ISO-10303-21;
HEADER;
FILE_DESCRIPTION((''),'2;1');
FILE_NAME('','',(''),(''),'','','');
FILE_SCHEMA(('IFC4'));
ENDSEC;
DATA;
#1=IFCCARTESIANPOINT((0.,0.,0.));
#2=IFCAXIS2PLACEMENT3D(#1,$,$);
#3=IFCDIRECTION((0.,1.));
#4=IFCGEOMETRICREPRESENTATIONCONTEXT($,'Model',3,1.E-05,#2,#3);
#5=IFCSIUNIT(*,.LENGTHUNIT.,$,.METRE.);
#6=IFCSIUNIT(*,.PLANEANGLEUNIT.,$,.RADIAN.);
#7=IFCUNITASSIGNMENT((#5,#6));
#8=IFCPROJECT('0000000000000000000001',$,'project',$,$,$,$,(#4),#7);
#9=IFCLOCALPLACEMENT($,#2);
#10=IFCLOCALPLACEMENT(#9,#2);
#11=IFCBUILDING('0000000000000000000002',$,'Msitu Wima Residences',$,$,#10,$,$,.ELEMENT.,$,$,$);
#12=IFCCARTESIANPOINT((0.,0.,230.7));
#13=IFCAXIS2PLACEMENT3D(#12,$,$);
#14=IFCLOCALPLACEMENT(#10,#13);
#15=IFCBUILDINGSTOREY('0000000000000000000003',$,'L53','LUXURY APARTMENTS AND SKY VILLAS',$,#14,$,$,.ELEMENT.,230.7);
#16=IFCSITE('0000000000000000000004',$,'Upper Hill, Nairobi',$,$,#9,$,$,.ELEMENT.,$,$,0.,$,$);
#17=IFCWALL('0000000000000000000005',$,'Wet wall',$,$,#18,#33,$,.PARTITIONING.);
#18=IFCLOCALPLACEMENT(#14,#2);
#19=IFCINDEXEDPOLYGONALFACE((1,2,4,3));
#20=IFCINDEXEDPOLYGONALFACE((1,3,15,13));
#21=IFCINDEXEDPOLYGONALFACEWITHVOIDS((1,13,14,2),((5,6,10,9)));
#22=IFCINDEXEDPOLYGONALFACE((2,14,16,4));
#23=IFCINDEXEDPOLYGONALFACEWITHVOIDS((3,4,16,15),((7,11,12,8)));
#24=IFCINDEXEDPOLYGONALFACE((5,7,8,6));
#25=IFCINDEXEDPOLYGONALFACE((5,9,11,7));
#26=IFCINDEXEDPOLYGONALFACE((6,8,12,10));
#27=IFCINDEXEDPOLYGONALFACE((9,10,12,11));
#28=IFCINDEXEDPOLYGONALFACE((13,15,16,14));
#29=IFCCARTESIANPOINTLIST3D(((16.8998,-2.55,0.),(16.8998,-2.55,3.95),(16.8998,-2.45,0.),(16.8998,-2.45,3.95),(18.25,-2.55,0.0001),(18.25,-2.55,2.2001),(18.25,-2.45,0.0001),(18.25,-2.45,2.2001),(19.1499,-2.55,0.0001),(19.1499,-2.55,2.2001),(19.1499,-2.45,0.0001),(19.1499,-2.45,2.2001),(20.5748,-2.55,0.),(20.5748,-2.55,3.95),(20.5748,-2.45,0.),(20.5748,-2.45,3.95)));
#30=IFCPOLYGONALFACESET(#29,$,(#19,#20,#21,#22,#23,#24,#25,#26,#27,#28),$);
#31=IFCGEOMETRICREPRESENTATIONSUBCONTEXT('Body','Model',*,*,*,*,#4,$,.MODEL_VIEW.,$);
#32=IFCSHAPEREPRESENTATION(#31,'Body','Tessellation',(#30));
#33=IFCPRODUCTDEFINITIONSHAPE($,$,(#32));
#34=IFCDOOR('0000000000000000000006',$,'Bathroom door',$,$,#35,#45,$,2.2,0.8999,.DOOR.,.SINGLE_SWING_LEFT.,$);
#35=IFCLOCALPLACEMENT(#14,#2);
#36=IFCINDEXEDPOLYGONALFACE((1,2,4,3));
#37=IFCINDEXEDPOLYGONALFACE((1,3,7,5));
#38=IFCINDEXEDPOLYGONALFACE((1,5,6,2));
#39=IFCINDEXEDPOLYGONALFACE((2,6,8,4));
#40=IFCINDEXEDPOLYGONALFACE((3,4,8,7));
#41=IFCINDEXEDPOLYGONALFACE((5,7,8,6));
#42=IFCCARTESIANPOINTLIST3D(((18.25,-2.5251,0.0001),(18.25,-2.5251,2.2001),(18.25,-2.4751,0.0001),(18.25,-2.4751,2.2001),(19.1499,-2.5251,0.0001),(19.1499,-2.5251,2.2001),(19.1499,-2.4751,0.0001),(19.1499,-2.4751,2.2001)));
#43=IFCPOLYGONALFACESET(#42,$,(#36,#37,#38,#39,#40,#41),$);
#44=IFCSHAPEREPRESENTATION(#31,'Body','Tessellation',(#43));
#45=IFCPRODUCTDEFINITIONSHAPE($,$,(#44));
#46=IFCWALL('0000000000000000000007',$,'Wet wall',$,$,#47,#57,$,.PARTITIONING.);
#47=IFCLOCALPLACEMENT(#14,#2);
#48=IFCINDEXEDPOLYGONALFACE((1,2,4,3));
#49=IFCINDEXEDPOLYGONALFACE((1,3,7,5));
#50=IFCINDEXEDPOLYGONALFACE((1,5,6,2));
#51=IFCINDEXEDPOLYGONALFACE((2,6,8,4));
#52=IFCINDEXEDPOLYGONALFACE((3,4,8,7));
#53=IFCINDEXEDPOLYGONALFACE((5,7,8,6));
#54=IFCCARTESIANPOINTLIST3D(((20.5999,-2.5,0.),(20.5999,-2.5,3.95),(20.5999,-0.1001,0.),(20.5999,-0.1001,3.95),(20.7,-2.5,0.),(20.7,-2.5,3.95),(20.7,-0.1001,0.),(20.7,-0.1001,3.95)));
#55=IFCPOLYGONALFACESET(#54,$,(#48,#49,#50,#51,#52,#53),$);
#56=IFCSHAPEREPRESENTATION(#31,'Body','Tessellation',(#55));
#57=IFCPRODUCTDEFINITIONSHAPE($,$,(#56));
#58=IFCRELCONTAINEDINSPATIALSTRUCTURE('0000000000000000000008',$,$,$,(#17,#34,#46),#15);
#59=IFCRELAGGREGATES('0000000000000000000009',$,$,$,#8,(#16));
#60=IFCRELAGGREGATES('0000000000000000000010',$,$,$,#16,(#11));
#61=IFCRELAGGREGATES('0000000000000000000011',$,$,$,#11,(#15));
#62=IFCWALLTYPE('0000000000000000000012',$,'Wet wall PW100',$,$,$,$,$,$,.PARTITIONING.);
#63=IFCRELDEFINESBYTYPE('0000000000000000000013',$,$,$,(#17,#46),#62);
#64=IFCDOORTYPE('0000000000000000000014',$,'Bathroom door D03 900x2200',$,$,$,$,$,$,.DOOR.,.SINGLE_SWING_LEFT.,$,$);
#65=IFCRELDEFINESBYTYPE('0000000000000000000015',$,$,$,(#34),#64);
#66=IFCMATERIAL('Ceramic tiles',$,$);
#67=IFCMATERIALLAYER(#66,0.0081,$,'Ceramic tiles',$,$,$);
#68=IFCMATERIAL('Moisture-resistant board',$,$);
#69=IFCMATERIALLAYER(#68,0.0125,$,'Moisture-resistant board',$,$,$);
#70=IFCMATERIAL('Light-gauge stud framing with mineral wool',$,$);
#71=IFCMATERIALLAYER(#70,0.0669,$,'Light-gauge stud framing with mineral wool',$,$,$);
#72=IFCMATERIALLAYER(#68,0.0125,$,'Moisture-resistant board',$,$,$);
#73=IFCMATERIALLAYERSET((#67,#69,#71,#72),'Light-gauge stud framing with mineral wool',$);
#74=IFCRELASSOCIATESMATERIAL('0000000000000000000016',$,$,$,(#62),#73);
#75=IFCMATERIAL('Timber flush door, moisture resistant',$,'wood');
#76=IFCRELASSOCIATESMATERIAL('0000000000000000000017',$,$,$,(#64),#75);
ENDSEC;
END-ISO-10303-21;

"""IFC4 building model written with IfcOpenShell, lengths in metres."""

from ifc_helpers import new_model, si_unit, direction, frame, frame_2d, origin, place, context, subcontext, project, spatial, rectangle, extrude, material, layer, layer_set, type_object, element, fill, save


model = new_model("IFC4")

# Units and contexts
model_context = context("Model", 3, precision=1e-05, world=origin(), true_north=direction((0.0, 1.0)))
body_context = subcontext(model_context, "Body", "Model", "MODEL_VIEW")
ifc_project = project(units=[si_unit("LENGTHUNIT", "METRE"), si_unit("PLANEANGLEUNIT", "RADIAN")], contexts=[model_context])

# Site, building, storey
site_placement = place(None, origin())
site = spatial("IfcSite", under=ifc_project, at=site_placement, Name="Upper Hill, Nairobi", CompositionType="ELEMENT", RefElevation=0.0)
building_placement = place(site_placement, origin())
building = spatial("IfcBuilding", under=site, at=building_placement, Name="Msitu Wima Residences", CompositionType="ELEMENT")
storey_placement = place(building_placement, frame((0.0, 0.0, 230.7)))
storey = spatial("IfcBuildingStorey", under=building, at=storey_placement, Name="L53", Description="LUXURY APARTMENTS AND SKY VILLAS", CompositionType="ELEMENT", Elevation=230.7)

# Wall, opening, door
ifc_material_1 = material(Name="Ceramic tiles")
ifc_layer_1 = layer(ifc_material_1, 0.0081, Name="Ceramic tiles")
ifc_material_2 = material(Name="Moisture-resistant board")
ifc_layer_2 = layer(ifc_material_2, 0.0125, Name="Moisture-resistant board")
ifc_material_3 = material(Name="Light-gauge stud framing with mineral wool")
ifc_layer_3 = layer(ifc_material_3, 0.0669, Name="Light-gauge stud framing with mineral wool")
ifc_layer_4 = layer(ifc_material_2, 0.0125, Name="Moisture-resistant board")
ifc_layer_set_1 = layer_set([ifc_layer_1, ifc_layer_2, ifc_layer_3, ifc_layer_4], Name="Light-gauge stud framing with mineral wool")
wall_type_1 = type_object("IfcWallType", Name="Wet wall PW100", PredefinedType="PARTITIONING", material=ifc_layer_set_1)
wall_1_placement = place(storey_placement, frame((16.8999, -2.5, 0.0), z_axis=(0.0, 0.0, 1.0), x_axis=(1.0, 0.0, 0.0)))
wall_1 = element("IfcWall", 1, at=wall_1_placement, inside=storey, type_object=wall_type_1, Name="Wet wall", PredefinedType="PARTITIONING", context=body_context, shape_type="SweptSolid", body=[
    extrude(rectangle(XDim=3.675, YDim=0.1001, at=frame_2d((1.8374, 0.0))), origin(), (0.0, 0.0, 1.0), 3.95),
])
opening_1_placement = place(wall_1_placement, frame((1.3501, 0.0, 0.0)))
opening_1 = element("IfcOpeningElement", 2, at=opening_1_placement, cuts=wall_1, PredefinedType="OPENING", context=body_context, shape_type="SweptSolid", body=[
    extrude(rectangle(XDim=0.8999, YDim=2.2, at=frame_2d((0.45, 1.1001))), frame((0.0, 0.0601, 0.0), z_axis=(0.0, -1.0, 0.0), x_axis=(1.0, 0.0, 0.0)), (0.0, 0.0, 1.0), 0.1201),
])
ifc_material_4 = material(Name="Timber flush door, moisture resistant", Category="wood")
door_type_1 = type_object("IfcDoorType", Name="Bathroom door D03 900x2200", OperationType="SINGLE_SWING_LEFT", PredefinedType="DOOR", material=ifc_material_4)
door_1_placement = place(opening_1_placement, origin())
door_1 = element("IfcDoor", 3, at=door_1_placement, inside=storey, type_object=door_type_1, Name="Bathroom door", OperationType="SINGLE_SWING_LEFT", OverallHeight=2.2, OverallWidth=0.8999, PredefinedType="DOOR", context=body_context, shape_type="SweptSolid", body=[
    extrude(rectangle(XDim=0.8999, YDim=2.2, at=frame_2d((0.45, 1.1001))), frame((0.0, 0.0249, 0.0), z_axis=(0.0, -1.0, 0.0), x_axis=(1.0, 0.0, 0.0)), (0.0, 0.0, 1.0), 0.05),
])
fill(opening_1, door_1)

# Wall
wall_2_placement = place(storey_placement, frame((20.6499, -2.5, 0.0), z_axis=(0.0, 0.0, 1.0), x_axis=(0.0, 1.0, 0.0)))
element("IfcWall", 4, at=wall_2_placement, inside=storey, type_object=wall_type_1, Name="Wet wall", PredefinedType="PARTITIONING", context=body_context, shape_type="SweptSolid", body=[
    extrude(rectangle(XDim=2.3999, YDim=0.1001, at=frame_2d((1.2, 0.0))), origin(), (0.0, 0.0, 1.0), 3.95),
])

save(model, "model.ifc")
